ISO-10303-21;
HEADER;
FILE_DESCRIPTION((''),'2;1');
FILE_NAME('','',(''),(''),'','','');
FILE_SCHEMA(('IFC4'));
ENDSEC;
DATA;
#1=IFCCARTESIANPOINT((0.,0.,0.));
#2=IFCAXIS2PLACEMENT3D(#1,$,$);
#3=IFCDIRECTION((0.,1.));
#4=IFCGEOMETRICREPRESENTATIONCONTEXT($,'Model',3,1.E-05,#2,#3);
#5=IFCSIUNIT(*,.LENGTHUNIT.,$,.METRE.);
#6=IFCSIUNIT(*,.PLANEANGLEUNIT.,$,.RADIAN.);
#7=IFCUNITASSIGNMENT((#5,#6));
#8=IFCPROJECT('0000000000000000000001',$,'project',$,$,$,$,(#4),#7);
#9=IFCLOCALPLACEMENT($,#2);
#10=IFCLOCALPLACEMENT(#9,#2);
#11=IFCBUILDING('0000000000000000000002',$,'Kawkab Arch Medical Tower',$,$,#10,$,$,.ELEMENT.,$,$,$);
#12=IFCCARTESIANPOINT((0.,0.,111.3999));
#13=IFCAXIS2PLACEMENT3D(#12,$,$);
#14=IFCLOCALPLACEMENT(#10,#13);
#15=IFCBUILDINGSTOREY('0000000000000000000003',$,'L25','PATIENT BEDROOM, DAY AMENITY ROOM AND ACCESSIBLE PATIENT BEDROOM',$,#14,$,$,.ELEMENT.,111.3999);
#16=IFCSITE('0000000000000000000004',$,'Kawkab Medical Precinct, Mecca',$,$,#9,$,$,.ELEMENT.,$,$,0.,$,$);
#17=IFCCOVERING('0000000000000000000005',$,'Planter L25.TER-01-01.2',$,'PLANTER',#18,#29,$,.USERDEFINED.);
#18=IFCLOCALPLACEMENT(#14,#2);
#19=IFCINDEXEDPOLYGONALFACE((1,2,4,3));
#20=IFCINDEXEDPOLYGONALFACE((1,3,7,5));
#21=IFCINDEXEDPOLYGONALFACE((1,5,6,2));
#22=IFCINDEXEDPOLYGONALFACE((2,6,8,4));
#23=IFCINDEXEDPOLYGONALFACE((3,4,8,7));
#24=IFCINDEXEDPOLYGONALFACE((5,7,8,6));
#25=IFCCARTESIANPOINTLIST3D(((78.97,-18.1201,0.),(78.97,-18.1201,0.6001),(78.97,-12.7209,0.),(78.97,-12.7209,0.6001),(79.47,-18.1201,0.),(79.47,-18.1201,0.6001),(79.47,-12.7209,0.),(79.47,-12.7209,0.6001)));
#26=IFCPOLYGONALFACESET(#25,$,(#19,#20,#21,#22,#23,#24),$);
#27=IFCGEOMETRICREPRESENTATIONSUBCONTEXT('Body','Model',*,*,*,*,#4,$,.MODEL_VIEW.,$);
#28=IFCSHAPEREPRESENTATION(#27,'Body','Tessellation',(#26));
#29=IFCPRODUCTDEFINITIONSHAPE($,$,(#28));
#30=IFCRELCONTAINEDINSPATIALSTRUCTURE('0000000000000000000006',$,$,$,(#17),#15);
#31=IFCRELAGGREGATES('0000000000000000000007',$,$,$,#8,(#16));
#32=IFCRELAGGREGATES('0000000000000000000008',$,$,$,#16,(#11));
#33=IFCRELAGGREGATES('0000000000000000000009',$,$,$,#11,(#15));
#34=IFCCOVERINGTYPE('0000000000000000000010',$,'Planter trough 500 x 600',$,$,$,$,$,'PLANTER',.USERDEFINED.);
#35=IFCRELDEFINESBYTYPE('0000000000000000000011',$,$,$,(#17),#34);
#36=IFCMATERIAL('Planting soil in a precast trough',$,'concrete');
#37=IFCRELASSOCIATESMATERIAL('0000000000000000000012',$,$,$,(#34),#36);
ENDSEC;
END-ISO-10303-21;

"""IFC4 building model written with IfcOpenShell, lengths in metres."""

from ifc_helpers import new_model, si_unit, direction, frame, origin, origin_2d, place, context, subcontext, project, spatial, rectangle, extrude, material, material_profile, profile_set, type_object, element, save


model = new_model("IFC4")

# Units and contexts
model_context = context("Model", 3, precision=1e-05, world=origin(), true_north=direction((0.0, 1.0)))
body_context = subcontext(model_context, "Body", "Model", "MODEL_VIEW")
ifc_project = project(units=[si_unit("LENGTHUNIT", "METRE"), si_unit("PLANEANGLEUNIT", "RADIAN")], contexts=[model_context])

# Site, building, storey
site_placement = place(None, origin())
site = spatial("IfcSite", under=ifc_project, at=site_placement, Name="Kawkab Medical Precinct, Mecca", CompositionType="ELEMENT", RefElevation=0.0)
building_placement = place(site_placement, origin())
building = spatial("IfcBuilding", under=site, at=building_placement, Name="Kawkab Arch Medical Tower", CompositionType="ELEMENT")
storey_placement = place(building_placement, frame((0.0, 0.0, 111.3999)))
storey = spatial("IfcBuildingStorey", under=building, at=storey_placement, Name="L25", Description="PATIENT BEDROOM, DAY AMENITY ROOM AND ACCESSIBLE PATIENT BEDROOM", CompositionType="ELEMENT", Elevation=111.3999)

# Covering
ifc_material_1 = material(Name="Planting soil in a precast trough", Category="concrete")
ifc_material_profile_1 = material_profile(ifc_material_1, rectangle(XDim=0.5, YDim=0.6001, at=origin_2d()), Name="Trough 500x600")
ifc_profile_set_1 = profile_set([ifc_material_profile_1], Name="Planting soil in a precast trough")
covering_type = type_object("IfcCoveringType", Name="Planter trough 500 x 600", ElementType="PLANTER", PredefinedType="USERDEFINED", material=ifc_profile_set_1)
covering_1_placement = place(storey_placement, frame((79.22, -18.1201, 0.3), z_axis=(0.0, 1.0, 0.0), x_axis=(-1.0, 0.0, 0.0)))
element("IfcCovering", 1, at=covering_1_placement, inside=storey, type_object=covering_type, Name="Planter L25.TER-01-01.2", ObjectType="PLANTER", PredefinedType="USERDEFINED", context=body_context, shape_type="SweptSolid", body=[
    extrude(rectangle(XDim=0.5, YDim=0.6001, at=origin_2d()), origin(), (0.0, 0.0, 1.0), 5.3992),
])

save(model, "model.ifc")
